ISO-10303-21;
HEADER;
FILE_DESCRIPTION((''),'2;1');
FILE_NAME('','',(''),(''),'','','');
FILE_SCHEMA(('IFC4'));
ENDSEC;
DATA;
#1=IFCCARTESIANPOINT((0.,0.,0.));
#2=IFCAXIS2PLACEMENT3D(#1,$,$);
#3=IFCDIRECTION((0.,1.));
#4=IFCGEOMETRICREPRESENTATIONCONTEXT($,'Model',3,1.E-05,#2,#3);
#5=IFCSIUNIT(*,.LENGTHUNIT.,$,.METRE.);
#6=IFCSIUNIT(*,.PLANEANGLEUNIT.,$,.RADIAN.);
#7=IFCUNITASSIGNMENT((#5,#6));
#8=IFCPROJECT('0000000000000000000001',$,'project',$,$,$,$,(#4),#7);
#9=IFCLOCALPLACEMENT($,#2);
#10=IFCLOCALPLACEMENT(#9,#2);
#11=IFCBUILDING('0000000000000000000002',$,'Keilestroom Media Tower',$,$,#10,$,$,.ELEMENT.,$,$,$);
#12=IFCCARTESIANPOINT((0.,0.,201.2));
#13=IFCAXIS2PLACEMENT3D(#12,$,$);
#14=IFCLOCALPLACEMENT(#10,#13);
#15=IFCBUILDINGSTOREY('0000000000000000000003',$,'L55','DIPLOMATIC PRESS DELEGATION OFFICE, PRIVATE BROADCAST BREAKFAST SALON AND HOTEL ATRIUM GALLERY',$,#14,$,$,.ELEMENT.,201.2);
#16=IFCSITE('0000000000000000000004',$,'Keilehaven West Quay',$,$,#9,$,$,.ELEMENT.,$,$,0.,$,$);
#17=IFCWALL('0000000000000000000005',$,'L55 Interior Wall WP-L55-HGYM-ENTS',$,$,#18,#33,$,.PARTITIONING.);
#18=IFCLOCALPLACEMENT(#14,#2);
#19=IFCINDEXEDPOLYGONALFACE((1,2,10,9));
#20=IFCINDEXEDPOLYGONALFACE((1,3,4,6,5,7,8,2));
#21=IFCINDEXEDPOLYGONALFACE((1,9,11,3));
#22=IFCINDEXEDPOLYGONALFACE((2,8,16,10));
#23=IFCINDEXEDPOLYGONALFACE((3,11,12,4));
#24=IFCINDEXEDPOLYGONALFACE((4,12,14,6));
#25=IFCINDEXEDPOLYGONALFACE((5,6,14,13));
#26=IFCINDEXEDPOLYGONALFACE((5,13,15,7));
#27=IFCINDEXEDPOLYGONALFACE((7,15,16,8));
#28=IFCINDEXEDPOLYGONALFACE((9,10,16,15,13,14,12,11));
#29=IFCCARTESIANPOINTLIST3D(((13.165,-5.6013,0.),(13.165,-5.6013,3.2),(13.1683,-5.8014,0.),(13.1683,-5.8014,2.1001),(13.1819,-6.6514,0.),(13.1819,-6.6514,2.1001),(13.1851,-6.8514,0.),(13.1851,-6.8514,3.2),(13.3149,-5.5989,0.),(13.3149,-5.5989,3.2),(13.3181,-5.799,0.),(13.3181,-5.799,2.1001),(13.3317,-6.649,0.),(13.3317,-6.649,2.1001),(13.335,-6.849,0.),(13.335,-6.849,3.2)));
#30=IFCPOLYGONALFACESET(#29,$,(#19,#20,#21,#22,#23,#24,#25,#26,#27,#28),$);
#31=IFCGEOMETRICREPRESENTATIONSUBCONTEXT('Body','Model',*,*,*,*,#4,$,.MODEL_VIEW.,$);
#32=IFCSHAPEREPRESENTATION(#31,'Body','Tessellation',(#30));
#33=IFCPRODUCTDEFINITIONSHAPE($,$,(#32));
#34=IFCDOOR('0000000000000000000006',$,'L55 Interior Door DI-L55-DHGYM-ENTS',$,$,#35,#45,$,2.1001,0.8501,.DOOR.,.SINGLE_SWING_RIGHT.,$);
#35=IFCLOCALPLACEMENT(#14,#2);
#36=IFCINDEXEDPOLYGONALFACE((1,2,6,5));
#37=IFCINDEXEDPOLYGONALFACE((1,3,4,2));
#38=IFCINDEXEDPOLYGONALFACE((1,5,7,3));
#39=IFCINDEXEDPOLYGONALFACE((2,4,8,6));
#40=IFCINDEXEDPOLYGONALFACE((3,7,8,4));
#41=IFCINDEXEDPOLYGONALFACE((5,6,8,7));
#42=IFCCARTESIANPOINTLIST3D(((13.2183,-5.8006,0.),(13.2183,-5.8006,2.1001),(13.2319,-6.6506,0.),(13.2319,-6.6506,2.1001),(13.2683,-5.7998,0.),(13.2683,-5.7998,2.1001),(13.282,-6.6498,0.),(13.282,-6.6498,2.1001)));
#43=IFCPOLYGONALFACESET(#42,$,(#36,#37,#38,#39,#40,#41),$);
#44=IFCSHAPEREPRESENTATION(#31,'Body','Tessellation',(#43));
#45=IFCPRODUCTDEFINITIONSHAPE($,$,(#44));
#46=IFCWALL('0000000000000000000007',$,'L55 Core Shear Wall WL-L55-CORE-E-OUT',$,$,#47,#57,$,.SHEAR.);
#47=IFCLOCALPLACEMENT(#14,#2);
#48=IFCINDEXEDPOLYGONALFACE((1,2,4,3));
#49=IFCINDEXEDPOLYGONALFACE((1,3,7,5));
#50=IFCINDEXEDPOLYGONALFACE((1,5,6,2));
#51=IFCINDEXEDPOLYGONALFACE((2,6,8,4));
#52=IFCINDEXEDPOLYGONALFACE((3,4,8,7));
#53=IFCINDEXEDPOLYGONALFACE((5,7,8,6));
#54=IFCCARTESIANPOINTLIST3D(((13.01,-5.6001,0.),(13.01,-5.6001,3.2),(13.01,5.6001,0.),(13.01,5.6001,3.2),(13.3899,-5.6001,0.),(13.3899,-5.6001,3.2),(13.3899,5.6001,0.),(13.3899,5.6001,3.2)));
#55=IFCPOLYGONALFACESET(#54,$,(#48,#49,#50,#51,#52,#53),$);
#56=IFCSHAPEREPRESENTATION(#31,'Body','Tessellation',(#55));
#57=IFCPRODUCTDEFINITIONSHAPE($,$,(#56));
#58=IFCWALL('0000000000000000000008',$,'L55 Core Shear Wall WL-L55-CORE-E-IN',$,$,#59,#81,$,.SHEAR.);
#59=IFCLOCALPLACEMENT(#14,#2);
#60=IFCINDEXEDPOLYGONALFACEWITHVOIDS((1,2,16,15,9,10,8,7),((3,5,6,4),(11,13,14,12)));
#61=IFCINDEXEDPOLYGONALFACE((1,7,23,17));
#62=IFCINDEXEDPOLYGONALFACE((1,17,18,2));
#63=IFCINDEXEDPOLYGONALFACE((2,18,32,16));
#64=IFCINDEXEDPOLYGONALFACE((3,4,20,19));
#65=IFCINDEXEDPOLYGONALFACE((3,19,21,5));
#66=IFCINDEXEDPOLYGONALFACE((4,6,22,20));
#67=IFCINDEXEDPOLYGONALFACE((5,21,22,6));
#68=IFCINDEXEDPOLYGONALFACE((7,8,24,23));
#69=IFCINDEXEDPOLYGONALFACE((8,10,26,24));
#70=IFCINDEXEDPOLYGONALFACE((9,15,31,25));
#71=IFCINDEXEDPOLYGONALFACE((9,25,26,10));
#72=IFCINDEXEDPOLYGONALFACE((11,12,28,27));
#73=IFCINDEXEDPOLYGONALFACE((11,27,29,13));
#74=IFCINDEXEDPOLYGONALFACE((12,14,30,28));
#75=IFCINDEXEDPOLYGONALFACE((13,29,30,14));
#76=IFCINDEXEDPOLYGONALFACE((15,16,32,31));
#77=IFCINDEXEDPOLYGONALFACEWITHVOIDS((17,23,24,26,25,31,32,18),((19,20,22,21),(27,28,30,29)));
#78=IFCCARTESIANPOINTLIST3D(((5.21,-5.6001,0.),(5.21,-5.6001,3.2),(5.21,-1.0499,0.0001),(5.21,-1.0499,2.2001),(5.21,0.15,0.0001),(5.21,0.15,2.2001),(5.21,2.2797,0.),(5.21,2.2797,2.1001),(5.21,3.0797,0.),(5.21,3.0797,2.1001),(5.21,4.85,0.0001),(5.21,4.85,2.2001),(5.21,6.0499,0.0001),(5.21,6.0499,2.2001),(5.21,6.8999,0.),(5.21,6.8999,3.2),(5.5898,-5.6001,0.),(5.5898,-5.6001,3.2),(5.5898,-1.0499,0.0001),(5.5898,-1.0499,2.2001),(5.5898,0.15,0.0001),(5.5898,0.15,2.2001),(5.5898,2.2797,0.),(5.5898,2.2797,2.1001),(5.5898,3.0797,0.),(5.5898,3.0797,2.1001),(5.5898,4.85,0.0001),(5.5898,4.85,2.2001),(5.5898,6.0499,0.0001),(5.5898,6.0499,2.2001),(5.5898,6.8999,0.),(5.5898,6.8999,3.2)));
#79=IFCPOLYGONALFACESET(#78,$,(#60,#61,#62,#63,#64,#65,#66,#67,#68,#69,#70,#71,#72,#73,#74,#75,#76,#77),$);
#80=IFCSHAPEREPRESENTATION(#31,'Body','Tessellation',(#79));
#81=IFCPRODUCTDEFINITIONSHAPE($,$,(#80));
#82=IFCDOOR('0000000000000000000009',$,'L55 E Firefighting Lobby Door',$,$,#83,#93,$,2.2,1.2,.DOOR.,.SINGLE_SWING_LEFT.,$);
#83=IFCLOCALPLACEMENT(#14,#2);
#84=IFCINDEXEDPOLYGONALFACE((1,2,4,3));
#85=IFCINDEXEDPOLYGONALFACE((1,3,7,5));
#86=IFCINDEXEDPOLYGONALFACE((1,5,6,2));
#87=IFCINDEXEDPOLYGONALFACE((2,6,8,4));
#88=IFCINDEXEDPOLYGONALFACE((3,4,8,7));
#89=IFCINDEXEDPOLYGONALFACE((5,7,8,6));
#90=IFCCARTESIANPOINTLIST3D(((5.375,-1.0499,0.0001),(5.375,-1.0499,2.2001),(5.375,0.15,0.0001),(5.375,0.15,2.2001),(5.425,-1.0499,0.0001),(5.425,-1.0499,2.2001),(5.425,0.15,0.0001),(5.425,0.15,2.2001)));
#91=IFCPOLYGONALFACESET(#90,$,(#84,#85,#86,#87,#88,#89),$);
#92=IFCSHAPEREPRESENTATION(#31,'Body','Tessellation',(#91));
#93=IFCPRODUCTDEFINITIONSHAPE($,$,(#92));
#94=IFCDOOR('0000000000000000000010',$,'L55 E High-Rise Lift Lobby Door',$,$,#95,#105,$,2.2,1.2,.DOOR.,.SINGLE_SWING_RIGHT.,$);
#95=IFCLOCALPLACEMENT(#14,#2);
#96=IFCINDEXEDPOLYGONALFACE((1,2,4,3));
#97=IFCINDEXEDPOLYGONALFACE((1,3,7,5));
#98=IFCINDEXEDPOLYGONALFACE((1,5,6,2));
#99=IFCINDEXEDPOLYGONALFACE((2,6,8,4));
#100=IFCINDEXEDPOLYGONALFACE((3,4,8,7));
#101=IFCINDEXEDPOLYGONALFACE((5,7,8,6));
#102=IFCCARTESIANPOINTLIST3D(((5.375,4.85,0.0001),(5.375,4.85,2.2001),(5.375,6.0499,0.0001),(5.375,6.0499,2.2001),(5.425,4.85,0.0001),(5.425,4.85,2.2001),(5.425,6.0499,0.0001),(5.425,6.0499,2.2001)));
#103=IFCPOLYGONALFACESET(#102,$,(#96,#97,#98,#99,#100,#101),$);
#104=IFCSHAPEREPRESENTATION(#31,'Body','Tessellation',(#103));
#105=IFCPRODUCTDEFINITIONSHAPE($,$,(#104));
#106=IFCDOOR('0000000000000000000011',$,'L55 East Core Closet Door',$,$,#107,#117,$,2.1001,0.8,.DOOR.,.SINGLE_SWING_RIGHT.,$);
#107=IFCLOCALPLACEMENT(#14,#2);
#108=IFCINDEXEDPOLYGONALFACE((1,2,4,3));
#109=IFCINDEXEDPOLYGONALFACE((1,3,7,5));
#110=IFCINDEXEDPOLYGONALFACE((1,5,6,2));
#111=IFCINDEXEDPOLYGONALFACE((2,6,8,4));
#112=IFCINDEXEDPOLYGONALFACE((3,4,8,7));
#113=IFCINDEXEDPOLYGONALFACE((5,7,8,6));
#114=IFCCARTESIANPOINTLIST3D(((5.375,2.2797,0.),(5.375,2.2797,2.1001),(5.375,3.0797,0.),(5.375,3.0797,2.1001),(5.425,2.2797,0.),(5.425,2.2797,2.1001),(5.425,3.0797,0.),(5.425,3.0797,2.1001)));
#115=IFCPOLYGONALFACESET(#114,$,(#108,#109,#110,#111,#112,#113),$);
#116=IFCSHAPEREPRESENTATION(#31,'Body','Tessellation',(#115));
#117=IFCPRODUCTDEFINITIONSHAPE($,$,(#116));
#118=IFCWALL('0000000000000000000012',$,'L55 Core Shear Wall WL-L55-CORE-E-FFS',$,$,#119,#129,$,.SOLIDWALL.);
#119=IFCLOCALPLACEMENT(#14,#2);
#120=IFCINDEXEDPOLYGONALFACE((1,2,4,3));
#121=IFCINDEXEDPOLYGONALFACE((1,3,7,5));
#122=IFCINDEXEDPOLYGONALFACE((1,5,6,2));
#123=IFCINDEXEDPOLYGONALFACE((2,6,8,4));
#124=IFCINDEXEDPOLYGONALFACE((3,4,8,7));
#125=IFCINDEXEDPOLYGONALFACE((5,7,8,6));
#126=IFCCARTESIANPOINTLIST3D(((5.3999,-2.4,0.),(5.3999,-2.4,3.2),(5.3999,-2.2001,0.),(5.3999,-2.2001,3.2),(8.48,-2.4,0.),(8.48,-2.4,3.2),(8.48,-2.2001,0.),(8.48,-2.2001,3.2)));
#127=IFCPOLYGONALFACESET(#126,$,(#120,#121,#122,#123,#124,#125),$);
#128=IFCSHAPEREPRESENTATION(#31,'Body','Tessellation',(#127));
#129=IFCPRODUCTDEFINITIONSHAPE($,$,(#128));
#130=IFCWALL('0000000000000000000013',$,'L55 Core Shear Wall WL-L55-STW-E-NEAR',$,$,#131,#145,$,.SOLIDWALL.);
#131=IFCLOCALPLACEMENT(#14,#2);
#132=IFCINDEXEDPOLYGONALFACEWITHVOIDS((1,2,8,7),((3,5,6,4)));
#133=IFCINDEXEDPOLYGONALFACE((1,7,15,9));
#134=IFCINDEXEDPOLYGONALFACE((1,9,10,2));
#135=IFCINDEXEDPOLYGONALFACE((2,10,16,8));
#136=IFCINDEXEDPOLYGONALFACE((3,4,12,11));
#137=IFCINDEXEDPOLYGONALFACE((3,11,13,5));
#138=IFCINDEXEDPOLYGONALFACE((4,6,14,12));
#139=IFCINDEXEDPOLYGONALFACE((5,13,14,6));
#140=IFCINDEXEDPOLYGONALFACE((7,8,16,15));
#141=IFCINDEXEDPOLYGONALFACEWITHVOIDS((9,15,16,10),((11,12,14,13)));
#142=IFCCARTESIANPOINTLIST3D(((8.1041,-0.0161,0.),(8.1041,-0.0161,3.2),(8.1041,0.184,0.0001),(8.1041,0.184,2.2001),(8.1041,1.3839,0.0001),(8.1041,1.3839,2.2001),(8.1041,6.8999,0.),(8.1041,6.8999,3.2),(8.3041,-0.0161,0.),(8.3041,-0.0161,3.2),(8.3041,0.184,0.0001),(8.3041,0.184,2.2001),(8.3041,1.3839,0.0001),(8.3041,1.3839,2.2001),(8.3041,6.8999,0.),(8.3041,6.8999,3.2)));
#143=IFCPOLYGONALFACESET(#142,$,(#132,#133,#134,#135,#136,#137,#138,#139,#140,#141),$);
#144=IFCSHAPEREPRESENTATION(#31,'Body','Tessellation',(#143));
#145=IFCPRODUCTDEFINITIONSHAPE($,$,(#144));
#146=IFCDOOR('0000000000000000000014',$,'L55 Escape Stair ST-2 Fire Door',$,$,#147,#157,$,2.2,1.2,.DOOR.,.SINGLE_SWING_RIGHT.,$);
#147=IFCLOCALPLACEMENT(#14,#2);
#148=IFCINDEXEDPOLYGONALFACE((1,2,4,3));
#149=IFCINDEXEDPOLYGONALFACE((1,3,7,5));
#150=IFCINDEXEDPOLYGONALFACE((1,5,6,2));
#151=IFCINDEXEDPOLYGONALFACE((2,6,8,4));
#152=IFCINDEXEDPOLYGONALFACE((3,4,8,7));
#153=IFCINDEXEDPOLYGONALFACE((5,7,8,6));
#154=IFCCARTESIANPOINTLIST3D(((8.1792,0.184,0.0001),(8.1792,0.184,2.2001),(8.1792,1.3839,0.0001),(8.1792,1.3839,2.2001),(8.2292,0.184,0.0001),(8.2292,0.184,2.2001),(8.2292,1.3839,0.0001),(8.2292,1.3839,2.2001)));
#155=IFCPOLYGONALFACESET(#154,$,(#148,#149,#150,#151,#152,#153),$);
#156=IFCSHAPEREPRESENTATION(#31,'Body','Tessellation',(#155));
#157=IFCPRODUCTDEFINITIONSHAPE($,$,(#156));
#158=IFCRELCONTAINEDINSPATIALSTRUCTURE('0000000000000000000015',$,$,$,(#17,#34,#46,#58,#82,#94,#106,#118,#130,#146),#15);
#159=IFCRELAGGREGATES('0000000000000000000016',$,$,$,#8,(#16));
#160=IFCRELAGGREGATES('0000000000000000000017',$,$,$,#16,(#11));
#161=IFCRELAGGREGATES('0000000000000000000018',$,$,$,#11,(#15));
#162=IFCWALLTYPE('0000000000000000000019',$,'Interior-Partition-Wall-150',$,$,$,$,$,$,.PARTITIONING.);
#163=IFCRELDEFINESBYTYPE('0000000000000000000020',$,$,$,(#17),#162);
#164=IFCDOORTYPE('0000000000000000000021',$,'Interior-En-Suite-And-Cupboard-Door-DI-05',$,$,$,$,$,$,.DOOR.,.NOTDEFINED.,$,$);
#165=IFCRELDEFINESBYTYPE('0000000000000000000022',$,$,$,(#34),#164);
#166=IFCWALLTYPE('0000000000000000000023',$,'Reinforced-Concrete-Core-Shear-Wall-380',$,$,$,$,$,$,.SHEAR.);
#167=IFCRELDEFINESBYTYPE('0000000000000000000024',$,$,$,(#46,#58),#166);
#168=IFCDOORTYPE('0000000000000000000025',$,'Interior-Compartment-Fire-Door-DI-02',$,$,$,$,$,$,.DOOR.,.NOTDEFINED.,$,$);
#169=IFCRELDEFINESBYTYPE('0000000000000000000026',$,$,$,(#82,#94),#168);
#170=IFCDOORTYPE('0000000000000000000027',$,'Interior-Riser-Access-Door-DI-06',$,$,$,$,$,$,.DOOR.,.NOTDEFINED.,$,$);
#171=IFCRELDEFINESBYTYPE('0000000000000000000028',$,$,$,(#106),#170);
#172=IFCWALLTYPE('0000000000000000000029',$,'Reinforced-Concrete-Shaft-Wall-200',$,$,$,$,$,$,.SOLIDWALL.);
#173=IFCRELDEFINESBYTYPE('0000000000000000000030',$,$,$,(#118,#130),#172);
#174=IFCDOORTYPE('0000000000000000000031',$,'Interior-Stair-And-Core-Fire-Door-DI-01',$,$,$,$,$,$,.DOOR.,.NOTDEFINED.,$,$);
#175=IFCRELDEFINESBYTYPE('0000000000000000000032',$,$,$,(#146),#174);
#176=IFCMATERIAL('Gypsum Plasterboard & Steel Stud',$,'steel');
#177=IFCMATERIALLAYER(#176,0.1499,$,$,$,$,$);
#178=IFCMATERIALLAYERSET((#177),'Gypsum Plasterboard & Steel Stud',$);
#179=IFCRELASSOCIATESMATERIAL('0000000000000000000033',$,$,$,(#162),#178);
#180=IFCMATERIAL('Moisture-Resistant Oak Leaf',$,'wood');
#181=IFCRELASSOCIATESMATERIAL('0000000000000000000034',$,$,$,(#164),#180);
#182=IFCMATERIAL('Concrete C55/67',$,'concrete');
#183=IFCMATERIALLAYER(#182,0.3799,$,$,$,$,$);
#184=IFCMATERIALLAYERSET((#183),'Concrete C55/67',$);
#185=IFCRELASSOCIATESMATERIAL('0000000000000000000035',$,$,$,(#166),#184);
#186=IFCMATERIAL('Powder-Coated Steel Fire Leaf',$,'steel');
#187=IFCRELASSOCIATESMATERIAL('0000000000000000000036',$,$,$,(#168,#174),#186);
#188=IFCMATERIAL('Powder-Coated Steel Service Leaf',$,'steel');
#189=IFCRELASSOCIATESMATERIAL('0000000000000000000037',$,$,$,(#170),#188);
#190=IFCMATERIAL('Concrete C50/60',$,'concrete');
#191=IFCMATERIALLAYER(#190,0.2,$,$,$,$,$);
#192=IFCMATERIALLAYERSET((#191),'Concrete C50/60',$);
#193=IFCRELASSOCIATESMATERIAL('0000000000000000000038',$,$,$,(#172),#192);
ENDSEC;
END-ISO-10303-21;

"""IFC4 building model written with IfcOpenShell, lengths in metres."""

from ifc_helpers import new_model, si_unit, direction, frame, frame_2d, origin, place, context, subcontext, project, spatial, rectangle, extrude, source, transform, mapped, material, layer, layer_set, type_object, element, fill, save


model = new_model("IFC4")

# Units and contexts
model_context = context("Model", 3, precision=1e-05, world=origin(), true_north=direction((0.0, 1.0)))
body_context = subcontext(model_context, "Body", "Model", "MODEL_VIEW")
ifc_project = project(units=[si_unit("LENGTHUNIT", "METRE"), si_unit("PLANEANGLEUNIT", "RADIAN")], contexts=[model_context])

# Site, building, storey
site_placement = place(None, origin())
site = spatial("IfcSite", under=ifc_project, at=site_placement, Name="Keilehaven West Quay", CompositionType="ELEMENT", RefElevation=0.0)
building_placement = place(site_placement, origin())
building = spatial("IfcBuilding", under=site, at=building_placement, Name="Keilestroom Media Tower", CompositionType="ELEMENT")
storey_placement = place(building_placement, frame((0.0, 0.0, 201.2)))
storey = spatial("IfcBuildingStorey", under=building, at=storey_placement, Name="L55", Description="DIPLOMATIC PRESS DELEGATION OFFICE, PRIVATE BROADCAST BREAKFAST SALON AND HOTEL ATRIUM GALLERY", CompositionType="ELEMENT", Elevation=201.2)

# Shared definitions
ifc_material_1 = material(Name="Concrete C55/67", Category="concrete")

# Shared definitions
ifc_material_2 = material(Name="Gypsum Plasterboard & Steel Stud", Category="steel")
ifc_layer_1 = layer(ifc_material_2, 0.1499)
ifc_layer_set_1 = layer_set([ifc_layer_1], Name="Gypsum Plasterboard & Steel Stud")
wall_type_1 = type_object("IfcWallType", Name="Interior-Partition-Wall-150", PredefinedType="PARTITIONING", material=ifc_layer_set_1)

# Wall, opening, door
wall_1_placement = place(storey_placement, frame((13.26, -6.8501, 0.0), z_axis=(0.0, 0.0, 1.0), x_axis=(-0.016014, 0.999872, 0.0)))
wall_1 = element("IfcWall", 1, at=wall_1_placement, inside=storey, type_object=wall_type_1, Name="L55 Interior Wall WP-L55-HGYM-ENTS", PredefinedType="PARTITIONING", context=body_context, shape_type="SweptSolid", body=[
    extrude(rectangle(XDim=1.2502, YDim=0.1499, at=frame_2d((0.625, 0.0))), origin(), (0.0, 0.0, 1.0), 3.2),
])
opening_1_placement = place(wall_1_placement, frame((0.2, 0.0, 0.0)))
opening_1 = element("IfcOpeningElement", 2, at=opening_1_placement, cuts=wall_1, PredefinedType="OPENING", context=body_context, shape_type="SweptSolid", body=[
    extrude(rectangle(XDim=0.8501, YDim=2.1001, at=frame_2d((0.425, 1.05))), frame((0.0, 0.085, 0.0), z_axis=(0.0, -1.0, 0.0), x_axis=(1.0, 0.0, 0.0)), (0.0, 0.0, 1.0), 0.1699),
])
ifc_material_3 = material(Name="Moisture-Resistant Oak Leaf", Category="wood")
door_type_1 = type_object("IfcDoorType", Name="Interior-En-Suite-And-Cupboard-Door-DI-05", OperationType="NOTDEFINED", PredefinedType="DOOR", material=ifc_material_3)
shared_shape_1 = source(origin(), body_context, "Body", "SweptSolid", [
    extrude(rectangle(XDim=0.8501, YDim=2.1001, at=frame_2d((0.425, 1.05))), frame((0.0, 0.0249, 0.0), z_axis=(0.0, -1.0, 0.0), x_axis=(1.0, 0.0, 0.0)), (0.0, 0.0, 1.0), 0.05),
])
door_1_placement = place(opening_1_placement, origin())
door_1 = element("IfcDoor", 3, at=door_1_placement, inside=storey, type_object=door_type_1, Name="L55 Interior Door DI-L55-DHGYM-ENTS", OperationType="SINGLE_SWING_RIGHT", OverallHeight=2.1001, OverallWidth=0.8501, PredefinedType="DOOR", context=body_context, shape_type="MappedRepresentation", body=[
    mapped(shared_shape_1, transform((0.0, 0.0, 0.0), x_axis=(1.0, 0.0, 0.0), y_axis=(0.0, 1.0, 0.0), z_axis=(0.0, 0.0, 1.0), scale=1.0)),
])
fill(opening_1, door_1)

# Wall
ifc_layer_2 = layer(ifc_material_1, 0.3799)
ifc_layer_set_2 = layer_set([ifc_layer_2], Name="Concrete C55/67")
wall_type_2 = type_object("IfcWallType", Name="Reinforced-Concrete-Core-Shear-Wall-380", PredefinedType="SHEAR", material=ifc_layer_set_2)
wall_2_placement = place(storey_placement, frame((13.2, -5.6001, 0.0), z_axis=(0.0, 0.0, 1.0), x_axis=(0.0, 1.0, 0.0)))
element("IfcWall", 4, at=wall_2_placement, inside=storey, type_object=wall_type_2, Name="L55 Core Shear Wall WL-L55-CORE-E-OUT", PredefinedType="SHEAR", context=body_context, shape_type="SweptSolid", body=[
    extrude(rectangle(XDim=11.2002, YDim=0.3799, at=frame_2d((5.6001, 0.0))), origin(), (0.0, 0.0, 1.0), 3.2),
])

# Wall, openings, doors
wall_3_placement = place(storey_placement, frame((5.3999, -5.6001, 0.0), z_axis=(0.0, 0.0, 1.0), x_axis=(0.0, 1.0, 0.0)))
wall_3 = element("IfcWall", 5, at=wall_3_placement, inside=storey, type_object=wall_type_2, Name="L55 Core Shear Wall WL-L55-CORE-E-IN", PredefinedType="SHEAR", context=body_context, shape_type="SweptSolid", body=[
    extrude(rectangle(XDim=12.5, YDim=0.3799, at=frame_2d((6.25, 0.0))), origin(), (0.0, 0.0, 1.0), 3.2),
])
opening_2_placement = place(wall_3_placement, frame((4.55, 0.0, 0.0)))
opening_2 = element("IfcOpeningElement", 6, at=opening_2_placement, cuts=wall_3, PredefinedType="OPENING", context=body_context, shape_type="SweptSolid", body=[
    extrude(rectangle(XDim=1.2, YDim=2.2, at=frame_2d((0.6001, 1.1001))), frame((0.0, 0.2, 0.0), z_axis=(0.0, -1.0, 0.0), x_axis=(1.0, 0.0, 0.0)), (0.0, 0.0, 1.0), 0.3999),
])
opening_3_placement = place(wall_3_placement, frame((10.45, 0.0, 0.0)))
opening_3 = element("IfcOpeningElement", 7, at=opening_3_placement, cuts=wall_3, PredefinedType="OPENING", context=body_context, shape_type="SweptSolid", body=[
    extrude(rectangle(XDim=1.2, YDim=2.2, at=frame_2d((0.6001, 1.1001))), frame((0.0, 0.2, 0.0), z_axis=(0.0, -1.0, 0.0), x_axis=(1.0, 0.0, 0.0)), (0.0, 0.0, 1.0), 0.3999),
])
opening_4_placement = place(wall_3_placement, frame((7.8799, 0.0, 0.0)))
opening_4 = element("IfcOpeningElement", 8, at=opening_4_placement, cuts=wall_3, PredefinedType="OPENING", context=body_context, shape_type="SweptSolid", body=[
    extrude(rectangle(XDim=0.8, YDim=2.1001, at=frame_2d((0.3999, 1.05))), frame((0.0, 0.2, 0.0), z_axis=(0.0, -1.0, 0.0), x_axis=(1.0, 0.0, 0.0)), (0.0, 0.0, 1.0), 0.3999),
])
ifc_material_4 = material(Name="Powder-Coated Steel Fire Leaf", Category="steel")
door_type_2 = type_object("IfcDoorType", Name="Interior-Compartment-Fire-Door-DI-02", OperationType="NOTDEFINED", PredefinedType="DOOR", material=ifc_material_4)
shared_shape_2 = source(origin(), body_context, "Body", "SweptSolid", [
    extrude(rectangle(XDim=1.2, YDim=2.2, at=frame_2d((0.6001, 1.1001))), frame((0.0, 0.0249, 0.0), z_axis=(0.0, -1.0, 0.0), x_axis=(1.0, 0.0, 0.0)), (0.0, 0.0, 1.0), 0.05),
])
door_2_placement = place(opening_2_placement, origin())
door_2 = element("IfcDoor", 9, at=door_2_placement, inside=storey, type_object=door_type_2, Name="L55 E Firefighting Lobby Door", OperationType="SINGLE_SWING_LEFT", OverallHeight=2.2, OverallWidth=1.2, PredefinedType="DOOR", context=body_context, shape_type="MappedRepresentation", body=[
    mapped(shared_shape_2, transform((0.0, 0.0, 0.0), x_axis=(1.0, 0.0, 0.0), y_axis=(0.0, 1.0, 0.0), z_axis=(0.0, 0.0, 1.0), scale=1.0)),
])
fill(opening_2, door_2)
door_3_placement = place(opening_3_placement, origin())
door_3 = element("IfcDoor", 10, at=door_3_placement, inside=storey, type_object=door_type_2, Name="L55 E High-Rise Lift Lobby Door", OperationType="SINGLE_SWING_RIGHT", OverallHeight=2.2, OverallWidth=1.2, PredefinedType="DOOR", context=body_context, shape_type="MappedRepresentation", body=[
    mapped(shared_shape_2, transform((0.0, 0.0, 0.0), x_axis=(1.0, 0.0, 0.0), y_axis=(0.0, 1.0, 0.0), z_axis=(0.0, 0.0, 1.0), scale=1.0)),
])
fill(opening_3, door_3)
ifc_material_5 = material(Name="Powder-Coated Steel Service Leaf", Category="steel")
door_type_3 = type_object("IfcDoorType", Name="Interior-Riser-Access-Door-DI-06", OperationType="NOTDEFINED", PredefinedType="DOOR", material=ifc_material_5)
shared_shape_3 = source(origin(), body_context, "Body", "SweptSolid", [
    extrude(rectangle(XDim=0.8, YDim=2.1001, at=frame_2d((0.3999, 1.05))), frame((0.0, 0.0249, 0.0), z_axis=(0.0, -1.0, 0.0), x_axis=(1.0, 0.0, 0.0)), (0.0, 0.0, 1.0), 0.05),
])
door_4_placement = place(opening_4_placement, origin())
door_4 = element("IfcDoor", 11, at=door_4_placement, inside=storey, type_object=door_type_3, Name="L55 East Core Closet Door", OperationType="SINGLE_SWING_RIGHT", OverallHeight=2.1001, OverallWidth=0.8, PredefinedType="DOOR", context=body_context, shape_type="MappedRepresentation", body=[
    mapped(shared_shape_3, transform((0.0, 0.0, 0.0), x_axis=(1.0, 0.0, 0.0), y_axis=(0.0, 1.0, 0.0), z_axis=(0.0, 0.0, 1.0), scale=1.0)),
])
fill(opening_4, door_4)

# Wall
ifc_material_6 = material(Name="Concrete C50/60", Category="concrete")
ifc_layer_3 = layer(ifc_material_6, 0.2)
ifc_layer_set_3 = layer_set([ifc_layer_3], Name="Concrete C50/60")
wall_type_3 = type_object("IfcWallType", Name="Reinforced-Concrete-Shaft-Wall-200", PredefinedType="SOLIDWALL", material=ifc_layer_set_3)
wall_4_placement = place(storey_placement, frame((5.3999, -2.3, 0.0), z_axis=(0.0, 0.0, 1.0), x_axis=(1.0, 0.0, 0.0)))
element("IfcWall", 12, at=wall_4_placement, inside=storey, type_object=wall_type_3, Name="L55 Core Shear Wall WL-L55-CORE-E-FFS", PredefinedType="SOLIDWALL", context=body_context, shape_type="SweptSolid", body=[
    extrude(rectangle(XDim=3.0801, YDim=0.2, at=frame_2d((1.54, 0.0))), origin(), (0.0, 0.0, 1.0), 3.2),
])

# Wall, opening, door
wall_5_placement = place(storey_placement, frame((8.2041, -0.0161, 0.0), z_axis=(0.0, 0.0, 1.0), x_axis=(0.0, 1.0, 0.0)))
wall_5 = element("IfcWall", 13, at=wall_5_placement, inside=storey, type_object=wall_type_3, Name="L55 Core Shear Wall WL-L55-STW-E-NEAR", PredefinedType="SOLIDWALL", context=body_context, shape_type="SweptSolid", body=[
    extrude(rectangle(XDim=6.916, YDim=0.2, at=frame_2d((3.458, 0.0))), origin(), (0.0, 0.0, 1.0), 3.2),
])
opening_5_placement = place(wall_5_placement, frame((0.2, 0.0, 0.0)))
opening_5 = element("IfcOpeningElement", 14, at=opening_5_placement, cuts=wall_5, PredefinedType="OPENING", context=body_context, shape_type="SweptSolid", body=[
    extrude(rectangle(XDim=1.2, YDim=2.2, at=frame_2d((0.6001, 1.1001))), frame((0.0, 0.1099, 0.0), z_axis=(0.0, -1.0, 0.0), x_axis=(1.0, 0.0, 0.0)), (0.0, 0.0, 1.0), 0.22),
])
door_type_4 = type_object("IfcDoorType", Name="Interior-Stair-And-Core-Fire-Door-DI-01", OperationType="NOTDEFINED", PredefinedType="DOOR", material=ifc_material_4)
door_5_placement = place(opening_5_placement, origin())
door_5 = element("IfcDoor", 15, at=door_5_placement, inside=storey, type_object=door_type_4, Name="L55 Escape Stair ST-2 Fire Door", OperationType="SINGLE_SWING_RIGHT", OverallHeight=2.2, OverallWidth=1.2, PredefinedType="DOOR", context=body_context, shape_type="MappedRepresentation", body=[
    mapped(shared_shape_2, transform((0.0, 0.0, 0.0), x_axis=(1.0, 0.0, 0.0), y_axis=(0.0, 1.0, 0.0), z_axis=(0.0, 0.0, 1.0), scale=1.0)),
])
fill(opening_5, door_5)

save(model, "model.ifc")
